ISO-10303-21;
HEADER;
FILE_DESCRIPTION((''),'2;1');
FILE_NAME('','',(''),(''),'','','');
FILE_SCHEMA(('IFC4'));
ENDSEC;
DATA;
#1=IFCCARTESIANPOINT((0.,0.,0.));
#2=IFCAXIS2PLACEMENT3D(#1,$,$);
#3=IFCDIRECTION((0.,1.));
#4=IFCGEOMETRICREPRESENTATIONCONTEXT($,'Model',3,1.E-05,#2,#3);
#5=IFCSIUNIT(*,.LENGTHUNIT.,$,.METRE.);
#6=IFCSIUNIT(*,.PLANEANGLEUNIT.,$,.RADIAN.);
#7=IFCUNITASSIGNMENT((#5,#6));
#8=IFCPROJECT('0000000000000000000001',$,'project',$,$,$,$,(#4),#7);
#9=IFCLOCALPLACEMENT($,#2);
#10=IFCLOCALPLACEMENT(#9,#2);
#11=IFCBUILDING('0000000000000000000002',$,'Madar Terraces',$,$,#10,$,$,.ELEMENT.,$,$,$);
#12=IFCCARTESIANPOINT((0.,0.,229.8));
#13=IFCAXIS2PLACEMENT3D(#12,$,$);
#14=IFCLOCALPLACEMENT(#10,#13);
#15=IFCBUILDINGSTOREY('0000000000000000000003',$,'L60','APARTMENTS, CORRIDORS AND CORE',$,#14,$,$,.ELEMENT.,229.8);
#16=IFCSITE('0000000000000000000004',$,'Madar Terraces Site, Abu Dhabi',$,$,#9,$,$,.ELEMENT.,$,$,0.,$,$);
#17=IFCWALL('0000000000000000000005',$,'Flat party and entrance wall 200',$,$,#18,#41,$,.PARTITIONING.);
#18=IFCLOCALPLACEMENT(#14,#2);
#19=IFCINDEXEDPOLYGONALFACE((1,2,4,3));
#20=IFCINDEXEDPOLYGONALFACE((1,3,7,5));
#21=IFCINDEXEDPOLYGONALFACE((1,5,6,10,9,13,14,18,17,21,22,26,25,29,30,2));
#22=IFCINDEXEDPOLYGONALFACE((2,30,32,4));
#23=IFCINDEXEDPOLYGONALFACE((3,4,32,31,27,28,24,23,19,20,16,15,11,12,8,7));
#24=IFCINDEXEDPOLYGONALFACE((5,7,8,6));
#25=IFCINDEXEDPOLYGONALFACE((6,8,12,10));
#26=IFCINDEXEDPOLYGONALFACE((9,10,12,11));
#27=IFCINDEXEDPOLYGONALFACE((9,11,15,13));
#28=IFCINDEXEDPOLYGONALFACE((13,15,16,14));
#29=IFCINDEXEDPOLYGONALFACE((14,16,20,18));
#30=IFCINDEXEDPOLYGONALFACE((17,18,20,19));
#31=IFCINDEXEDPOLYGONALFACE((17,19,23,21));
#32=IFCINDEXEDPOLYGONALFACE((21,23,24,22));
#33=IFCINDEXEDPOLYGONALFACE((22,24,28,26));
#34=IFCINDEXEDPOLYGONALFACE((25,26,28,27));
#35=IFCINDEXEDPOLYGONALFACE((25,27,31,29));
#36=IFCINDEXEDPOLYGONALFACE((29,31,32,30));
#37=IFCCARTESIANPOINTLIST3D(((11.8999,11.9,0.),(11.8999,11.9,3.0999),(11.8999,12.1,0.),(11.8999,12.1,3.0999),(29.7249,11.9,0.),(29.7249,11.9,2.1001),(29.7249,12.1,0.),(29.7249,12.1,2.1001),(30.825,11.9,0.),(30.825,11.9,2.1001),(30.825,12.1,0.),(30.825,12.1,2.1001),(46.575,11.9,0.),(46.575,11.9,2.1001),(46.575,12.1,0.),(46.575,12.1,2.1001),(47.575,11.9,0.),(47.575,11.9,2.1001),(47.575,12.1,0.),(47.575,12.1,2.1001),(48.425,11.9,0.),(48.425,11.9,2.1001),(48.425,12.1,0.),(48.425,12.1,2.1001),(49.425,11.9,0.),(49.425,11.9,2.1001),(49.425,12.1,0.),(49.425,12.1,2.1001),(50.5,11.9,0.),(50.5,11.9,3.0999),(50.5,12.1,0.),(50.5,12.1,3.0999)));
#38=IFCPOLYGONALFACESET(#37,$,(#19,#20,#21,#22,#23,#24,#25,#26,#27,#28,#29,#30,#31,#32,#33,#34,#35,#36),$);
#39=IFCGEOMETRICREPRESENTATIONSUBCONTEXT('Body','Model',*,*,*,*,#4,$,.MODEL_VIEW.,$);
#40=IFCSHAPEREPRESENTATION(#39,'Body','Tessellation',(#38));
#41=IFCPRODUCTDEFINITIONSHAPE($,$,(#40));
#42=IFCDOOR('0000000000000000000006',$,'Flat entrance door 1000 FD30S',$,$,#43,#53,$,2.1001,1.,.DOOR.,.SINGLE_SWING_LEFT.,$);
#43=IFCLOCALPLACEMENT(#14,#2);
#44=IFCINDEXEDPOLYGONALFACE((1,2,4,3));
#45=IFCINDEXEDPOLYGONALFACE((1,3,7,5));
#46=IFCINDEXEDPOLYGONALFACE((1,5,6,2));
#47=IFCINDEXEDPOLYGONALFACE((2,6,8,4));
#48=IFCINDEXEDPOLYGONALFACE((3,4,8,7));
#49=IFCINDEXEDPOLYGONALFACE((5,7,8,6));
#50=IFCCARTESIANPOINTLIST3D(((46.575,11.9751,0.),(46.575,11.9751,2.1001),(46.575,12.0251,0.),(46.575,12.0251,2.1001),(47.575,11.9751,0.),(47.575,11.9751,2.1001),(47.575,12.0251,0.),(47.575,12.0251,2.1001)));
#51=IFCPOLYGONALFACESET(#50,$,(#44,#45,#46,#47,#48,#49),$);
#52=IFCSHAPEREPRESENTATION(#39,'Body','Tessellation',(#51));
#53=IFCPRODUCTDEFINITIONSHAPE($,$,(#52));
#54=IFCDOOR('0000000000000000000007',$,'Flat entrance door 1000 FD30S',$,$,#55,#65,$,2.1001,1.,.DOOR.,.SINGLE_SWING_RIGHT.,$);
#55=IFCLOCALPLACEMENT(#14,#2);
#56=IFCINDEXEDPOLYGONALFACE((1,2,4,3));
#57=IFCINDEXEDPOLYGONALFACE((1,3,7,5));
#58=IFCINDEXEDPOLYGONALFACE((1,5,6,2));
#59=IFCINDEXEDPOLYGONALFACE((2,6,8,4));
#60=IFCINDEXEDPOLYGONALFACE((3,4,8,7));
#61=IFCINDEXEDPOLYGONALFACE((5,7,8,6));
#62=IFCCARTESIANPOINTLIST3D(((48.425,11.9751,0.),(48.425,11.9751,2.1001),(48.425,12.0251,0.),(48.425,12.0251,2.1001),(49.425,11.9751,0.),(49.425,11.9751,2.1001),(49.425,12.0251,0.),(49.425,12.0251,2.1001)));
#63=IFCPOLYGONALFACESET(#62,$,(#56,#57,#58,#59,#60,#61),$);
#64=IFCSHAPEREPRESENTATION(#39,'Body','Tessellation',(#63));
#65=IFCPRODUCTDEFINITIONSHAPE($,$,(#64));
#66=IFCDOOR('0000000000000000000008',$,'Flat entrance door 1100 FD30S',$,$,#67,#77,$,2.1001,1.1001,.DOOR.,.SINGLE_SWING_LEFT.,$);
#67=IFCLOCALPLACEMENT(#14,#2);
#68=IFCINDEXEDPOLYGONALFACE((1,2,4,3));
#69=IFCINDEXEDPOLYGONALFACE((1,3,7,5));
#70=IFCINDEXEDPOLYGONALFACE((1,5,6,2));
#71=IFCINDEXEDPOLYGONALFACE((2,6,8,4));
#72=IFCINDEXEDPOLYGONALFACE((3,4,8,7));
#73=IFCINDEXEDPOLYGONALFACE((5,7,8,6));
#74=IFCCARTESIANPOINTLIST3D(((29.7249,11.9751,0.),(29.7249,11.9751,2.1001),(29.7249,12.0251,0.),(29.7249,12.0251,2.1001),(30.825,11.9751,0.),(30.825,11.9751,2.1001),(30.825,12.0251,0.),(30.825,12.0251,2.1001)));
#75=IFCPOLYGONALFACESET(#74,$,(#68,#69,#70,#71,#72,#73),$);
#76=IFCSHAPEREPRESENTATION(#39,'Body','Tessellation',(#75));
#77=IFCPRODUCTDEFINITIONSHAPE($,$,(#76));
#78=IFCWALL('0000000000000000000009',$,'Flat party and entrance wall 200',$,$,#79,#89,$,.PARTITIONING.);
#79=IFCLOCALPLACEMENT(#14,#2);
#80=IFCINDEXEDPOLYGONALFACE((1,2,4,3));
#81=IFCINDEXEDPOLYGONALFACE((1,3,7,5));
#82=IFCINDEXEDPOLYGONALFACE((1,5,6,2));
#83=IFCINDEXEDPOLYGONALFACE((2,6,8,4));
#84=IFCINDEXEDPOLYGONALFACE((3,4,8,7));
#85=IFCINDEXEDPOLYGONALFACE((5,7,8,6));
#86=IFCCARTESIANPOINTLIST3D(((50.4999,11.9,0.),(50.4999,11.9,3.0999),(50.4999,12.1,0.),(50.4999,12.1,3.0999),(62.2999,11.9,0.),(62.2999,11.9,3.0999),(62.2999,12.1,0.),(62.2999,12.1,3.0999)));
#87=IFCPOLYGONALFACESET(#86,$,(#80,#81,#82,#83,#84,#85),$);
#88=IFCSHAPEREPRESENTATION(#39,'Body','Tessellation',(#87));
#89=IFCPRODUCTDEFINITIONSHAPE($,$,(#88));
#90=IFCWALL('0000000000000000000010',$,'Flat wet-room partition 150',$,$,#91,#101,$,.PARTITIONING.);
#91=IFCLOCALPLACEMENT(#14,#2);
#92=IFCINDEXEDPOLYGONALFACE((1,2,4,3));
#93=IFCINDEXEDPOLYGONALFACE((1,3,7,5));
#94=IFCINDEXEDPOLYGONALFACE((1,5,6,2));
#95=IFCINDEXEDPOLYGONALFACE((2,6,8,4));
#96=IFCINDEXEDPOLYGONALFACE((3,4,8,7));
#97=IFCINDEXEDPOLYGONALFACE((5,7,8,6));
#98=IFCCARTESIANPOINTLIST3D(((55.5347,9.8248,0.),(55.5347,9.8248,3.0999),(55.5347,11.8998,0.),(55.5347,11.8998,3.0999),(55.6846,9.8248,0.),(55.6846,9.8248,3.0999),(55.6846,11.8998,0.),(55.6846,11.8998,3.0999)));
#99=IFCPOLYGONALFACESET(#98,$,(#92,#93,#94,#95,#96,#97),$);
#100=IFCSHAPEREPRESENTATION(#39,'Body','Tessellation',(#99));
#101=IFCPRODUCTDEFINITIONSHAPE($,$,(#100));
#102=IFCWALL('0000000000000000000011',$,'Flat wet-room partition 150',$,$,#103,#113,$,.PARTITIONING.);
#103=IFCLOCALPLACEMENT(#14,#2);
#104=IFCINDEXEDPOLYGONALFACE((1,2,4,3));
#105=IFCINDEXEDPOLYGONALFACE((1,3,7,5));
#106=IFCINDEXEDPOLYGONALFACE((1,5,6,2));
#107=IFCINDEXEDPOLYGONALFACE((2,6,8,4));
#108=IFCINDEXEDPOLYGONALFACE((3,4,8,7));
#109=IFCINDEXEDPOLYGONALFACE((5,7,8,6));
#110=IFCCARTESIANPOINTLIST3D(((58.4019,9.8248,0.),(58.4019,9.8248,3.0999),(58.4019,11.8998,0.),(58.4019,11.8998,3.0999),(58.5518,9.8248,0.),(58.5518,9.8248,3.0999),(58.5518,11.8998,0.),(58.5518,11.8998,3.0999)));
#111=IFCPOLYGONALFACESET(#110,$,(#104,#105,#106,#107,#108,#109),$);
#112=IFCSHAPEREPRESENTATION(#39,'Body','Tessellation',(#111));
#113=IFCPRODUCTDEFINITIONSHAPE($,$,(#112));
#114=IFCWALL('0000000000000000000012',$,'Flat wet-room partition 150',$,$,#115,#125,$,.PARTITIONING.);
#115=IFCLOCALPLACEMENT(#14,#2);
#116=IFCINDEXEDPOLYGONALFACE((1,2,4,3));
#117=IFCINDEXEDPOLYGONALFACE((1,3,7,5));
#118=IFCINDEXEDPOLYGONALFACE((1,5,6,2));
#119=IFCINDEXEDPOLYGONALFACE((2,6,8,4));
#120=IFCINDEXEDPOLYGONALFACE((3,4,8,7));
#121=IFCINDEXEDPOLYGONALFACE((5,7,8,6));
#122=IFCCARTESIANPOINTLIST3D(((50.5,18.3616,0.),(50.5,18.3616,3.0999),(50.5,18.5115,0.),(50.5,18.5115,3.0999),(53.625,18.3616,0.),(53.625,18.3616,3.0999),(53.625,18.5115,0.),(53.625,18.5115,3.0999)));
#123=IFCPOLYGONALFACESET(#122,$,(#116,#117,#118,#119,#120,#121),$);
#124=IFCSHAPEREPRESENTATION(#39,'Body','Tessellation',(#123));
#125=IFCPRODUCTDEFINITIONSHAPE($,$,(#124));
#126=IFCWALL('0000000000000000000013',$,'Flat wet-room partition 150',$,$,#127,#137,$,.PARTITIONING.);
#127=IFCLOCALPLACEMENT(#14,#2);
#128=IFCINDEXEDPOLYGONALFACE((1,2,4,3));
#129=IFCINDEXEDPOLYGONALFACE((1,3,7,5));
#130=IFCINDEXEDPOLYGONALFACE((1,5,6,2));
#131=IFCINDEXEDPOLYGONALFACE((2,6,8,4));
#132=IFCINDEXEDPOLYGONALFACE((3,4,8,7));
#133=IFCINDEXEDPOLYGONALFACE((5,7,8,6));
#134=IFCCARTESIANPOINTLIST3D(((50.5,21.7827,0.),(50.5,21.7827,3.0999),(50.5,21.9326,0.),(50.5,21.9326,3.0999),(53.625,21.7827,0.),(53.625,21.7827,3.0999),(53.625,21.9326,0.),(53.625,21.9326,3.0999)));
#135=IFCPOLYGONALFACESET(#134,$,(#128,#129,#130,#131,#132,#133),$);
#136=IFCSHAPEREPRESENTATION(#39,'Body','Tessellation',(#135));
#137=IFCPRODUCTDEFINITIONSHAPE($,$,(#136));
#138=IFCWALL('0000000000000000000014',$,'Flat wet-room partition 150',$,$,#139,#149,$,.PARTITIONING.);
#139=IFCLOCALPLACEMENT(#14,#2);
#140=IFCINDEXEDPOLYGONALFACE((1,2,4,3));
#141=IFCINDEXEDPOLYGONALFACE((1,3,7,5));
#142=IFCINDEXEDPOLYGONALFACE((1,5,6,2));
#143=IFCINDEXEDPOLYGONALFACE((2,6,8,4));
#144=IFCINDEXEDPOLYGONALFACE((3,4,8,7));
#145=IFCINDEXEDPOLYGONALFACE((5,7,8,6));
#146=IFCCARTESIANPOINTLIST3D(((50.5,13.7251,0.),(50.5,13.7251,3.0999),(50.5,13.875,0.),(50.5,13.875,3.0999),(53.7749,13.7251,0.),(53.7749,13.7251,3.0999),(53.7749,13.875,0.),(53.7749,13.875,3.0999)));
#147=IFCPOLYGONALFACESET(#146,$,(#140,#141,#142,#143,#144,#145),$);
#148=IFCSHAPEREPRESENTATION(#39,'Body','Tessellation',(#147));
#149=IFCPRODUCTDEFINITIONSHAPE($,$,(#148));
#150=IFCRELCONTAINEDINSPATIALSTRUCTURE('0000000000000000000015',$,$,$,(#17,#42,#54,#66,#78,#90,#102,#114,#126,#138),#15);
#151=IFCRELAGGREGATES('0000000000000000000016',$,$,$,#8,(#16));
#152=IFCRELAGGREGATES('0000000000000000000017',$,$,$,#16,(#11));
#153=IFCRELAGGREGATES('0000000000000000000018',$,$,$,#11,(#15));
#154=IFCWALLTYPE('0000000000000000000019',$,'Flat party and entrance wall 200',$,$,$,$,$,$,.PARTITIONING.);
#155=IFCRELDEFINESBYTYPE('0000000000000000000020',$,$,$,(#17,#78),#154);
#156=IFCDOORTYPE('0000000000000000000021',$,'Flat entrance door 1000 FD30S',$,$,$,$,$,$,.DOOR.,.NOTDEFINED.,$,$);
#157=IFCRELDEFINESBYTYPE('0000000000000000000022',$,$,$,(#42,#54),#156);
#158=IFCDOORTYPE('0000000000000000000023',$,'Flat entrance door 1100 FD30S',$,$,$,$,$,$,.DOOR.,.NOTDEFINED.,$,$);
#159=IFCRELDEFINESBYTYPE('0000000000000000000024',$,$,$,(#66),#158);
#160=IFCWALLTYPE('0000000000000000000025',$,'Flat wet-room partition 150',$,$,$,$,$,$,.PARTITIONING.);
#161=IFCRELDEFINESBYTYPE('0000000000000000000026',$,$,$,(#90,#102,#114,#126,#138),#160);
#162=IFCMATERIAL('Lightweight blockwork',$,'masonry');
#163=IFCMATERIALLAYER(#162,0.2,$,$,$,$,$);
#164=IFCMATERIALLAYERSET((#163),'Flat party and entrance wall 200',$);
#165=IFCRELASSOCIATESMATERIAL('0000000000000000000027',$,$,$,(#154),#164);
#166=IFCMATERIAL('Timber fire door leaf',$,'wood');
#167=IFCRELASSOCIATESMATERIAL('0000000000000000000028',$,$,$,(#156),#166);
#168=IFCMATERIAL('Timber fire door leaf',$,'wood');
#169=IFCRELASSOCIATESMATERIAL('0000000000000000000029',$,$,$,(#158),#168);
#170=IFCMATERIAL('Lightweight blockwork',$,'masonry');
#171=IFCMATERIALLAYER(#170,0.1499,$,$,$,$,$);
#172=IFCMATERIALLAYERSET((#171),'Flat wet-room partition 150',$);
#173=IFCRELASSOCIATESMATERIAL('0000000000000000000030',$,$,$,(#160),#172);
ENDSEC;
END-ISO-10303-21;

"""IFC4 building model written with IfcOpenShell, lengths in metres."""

from ifc_helpers import new_model, si_unit, direction, frame, frame_2d, origin, place, context, subcontext, project, spatial, rectangle, extrude, material, layer, layer_set, type_object, element, fill, save


model = new_model("IFC4")

# Units and contexts
model_context = context("Model", 3, precision=1e-05, world=origin(), true_north=direction((0.0, 1.0)))
body_context = subcontext(model_context, "Body", "Model", "MODEL_VIEW")
ifc_project = project(units=[si_unit("LENGTHUNIT", "METRE"), si_unit("PLANEANGLEUNIT", "RADIAN")], contexts=[model_context])

# Site, building, storey
site_placement = place(None, origin())
site = spatial("IfcSite", under=ifc_project, at=site_placement, Name="Madar Terraces Site, Abu Dhabi", CompositionType="ELEMENT", RefElevation=0.0)
building_placement = place(site_placement, origin())
building = spatial("IfcBuilding", under=site, at=building_placement, Name="Madar Terraces", CompositionType="ELEMENT")
storey_placement = place(building_placement, frame((0.0, 0.0, 229.8)))
storey = spatial("IfcBuildingStorey", under=building, at=storey_placement, Name="L60", Description="APARTMENTS, CORRIDORS AND CORE", CompositionType="ELEMENT", Elevation=229.8)

# Wall, openings, doors
ifc_material_1 = material(Name="Lightweight blockwork", Category="masonry")
ifc_layer_1 = layer(ifc_material_1, 0.2)
ifc_layer_set_1 = layer_set([ifc_layer_1], Name="Flat party and entrance wall 200")
wall_type_1 = type_object("IfcWallType", Name="Flat party and entrance wall 200", PredefinedType="PARTITIONING", material=ifc_layer_set_1)
wall_1_placement = place(storey_placement, frame((50.5, 12.0, 0.0), z_axis=(0.0, 0.0, 1.0), x_axis=(-1.0, 0.0, 0.0)))
wall_1 = element("IfcWall", 1, at=wall_1_placement, inside=storey, type_object=wall_type_1, Name="Flat party and entrance wall 200", PredefinedType="PARTITIONING", context=body_context, shape_type="SweptSolid", body=[
    extrude(rectangle(XDim=38.6001, YDim=0.2, at=frame_2d((19.3, 0.0))), origin(), (0.0, 0.0, 1.0), 3.0999),
])
opening_1_placement = place(wall_1_placement, frame((19.675, 0.0, 0.0)))
opening_1 = element("IfcOpeningElement", 2, at=opening_1_placement, cuts=wall_1, PredefinedType="OPENING", context=body_context, shape_type="SweptSolid", body=[
    extrude(rectangle(XDim=1.1001, YDim=2.1001, at=frame_2d((0.55, 1.05))), frame((0.0, 0.1099, 0.0), z_axis=(0.0, -1.0, 0.0), x_axis=(1.0, 0.0, 0.0)), (0.0, 0.0, 1.0), 0.22),
])
opening_2_placement = place(wall_1_placement, frame((2.925, 0.0, 0.0)))
opening_2 = element("IfcOpeningElement", 3, at=opening_2_placement, cuts=wall_1, PredefinedType="OPENING", context=body_context, shape_type="SweptSolid", body=[
    extrude(rectangle(XDim=1.0, YDim=2.1001, at=frame_2d((0.5, 1.05))), frame((0.0, 0.1099, 0.0), z_axis=(0.0, -1.0, 0.0), x_axis=(1.0, 0.0, 0.0)), (0.0, 0.0, 1.0), 0.22),
])
opening_3_placement = place(wall_1_placement, frame((1.075, 0.0, 0.0)))
opening_3 = element("IfcOpeningElement", 4, at=opening_3_placement, cuts=wall_1, PredefinedType="OPENING", context=body_context, shape_type="SweptSolid", body=[
    extrude(rectangle(XDim=1.0, YDim=2.1001, at=frame_2d((0.5, 1.05))), frame((0.0, 0.1099, 0.0), z_axis=(0.0, -1.0, 0.0), x_axis=(1.0, 0.0, 0.0)), (0.0, 0.0, 1.0), 0.22),
])
ifc_material_2 = material(Name="Timber fire door leaf", Category="wood")
door_type_1 = type_object("IfcDoorType", Name="Flat entrance door 1000 FD30S", OperationType="NOTDEFINED", PredefinedType="DOOR", material=ifc_material_2)
door_1_placement = place(opening_2_placement, origin())
door_1 = element("IfcDoor", 5, at=door_1_placement, inside=storey, type_object=door_type_1, Name="Flat entrance door 1000 FD30S", OperationType="SINGLE_SWING_LEFT", OverallHeight=2.1001, OverallWidth=1.0, PredefinedType="DOOR", context=body_context, shape_type="SweptSolid", body=[
    extrude(rectangle(XDim=1.0, YDim=2.1001, at=frame_2d((0.5, 1.05))), frame((0.0, 0.0249, 0.0), z_axis=(0.0, -1.0, 0.0), x_axis=(1.0, 0.0, 0.0)), (0.0, 0.0, 1.0), 0.05),
])
fill(opening_2, door_1)
door_2_placement = place(opening_3_placement, origin())
door_2 = element("IfcDoor", 6, at=door_2_placement, inside=storey, type_object=door_type_1, Name="Flat entrance door 1000 FD30S", OperationType="SINGLE_SWING_RIGHT", OverallHeight=2.1001, OverallWidth=1.0, PredefinedType="DOOR", context=body_context, shape_type="SweptSolid", body=[
    extrude(rectangle(XDim=1.0, YDim=2.1001, at=frame_2d((0.5, 1.05))), frame((0.0, 0.0249, 0.0), z_axis=(0.0, -1.0, 0.0), x_axis=(1.0, 0.0, 0.0)), (0.0, 0.0, 1.0), 0.05),
])
fill(opening_3, door_2)
ifc_material_3 = material(Name="Timber fire door leaf", Category="wood")
door_type_2 = type_object("IfcDoorType", Name="Flat entrance door 1100 FD30S", OperationType="NOTDEFINED", PredefinedType="DOOR", material=ifc_material_3)
door_3_placement = place(opening_1_placement, origin())
door_3 = element("IfcDoor", 7, at=door_3_placement, inside=storey, type_object=door_type_2, Name="Flat entrance door 1100 FD30S", OperationType="SINGLE_SWING_LEFT", OverallHeight=2.1001, OverallWidth=1.1001, PredefinedType="DOOR", context=body_context, shape_type="SweptSolid", body=[
    extrude(rectangle(XDim=1.1001, YDim=2.1001, at=frame_2d((0.55, 1.05))), frame((0.0, 0.0249, 0.0), z_axis=(0.0, -1.0, 0.0), x_axis=(1.0, 0.0, 0.0)), (0.0, 0.0, 1.0), 0.05),
])
fill(opening_1, door_3)

# Walls
wall_2_placement = place(storey_placement, frame((50.5, 12.0, 0.0), z_axis=(0.0, 0.0, 1.0), x_axis=(1.0, 0.0, 0.0)))
element("IfcWall", 8, at=wall_2_placement, inside=storey, type_object=wall_type_1, Name="Flat party and entrance wall 200", PredefinedType="PARTITIONING", context=body_context, shape_type="SweptSolid", body=[
    extrude(rectangle(XDim=11.8, YDim=0.2, at=frame_2d((5.8999, 0.0))), origin(), (0.0, 0.0, 1.0), 3.0999),
])
ifc_material_4 = material(Name="Lightweight blockwork", Category="masonry")
ifc_layer_2 = layer(ifc_material_4, 0.1499)
ifc_layer_set_2 = layer_set([ifc_layer_2], Name="Flat wet-room partition 150")
wall_type_2 = type_object("IfcWallType", Name="Flat wet-room partition 150", PredefinedType="PARTITIONING", material=ifc_layer_set_2)
for number, where, z_axis, x_axis, name in (
    (9, (55.6096, 11.8999, 0.0), (0.0, 0.0, 1.0), (0.0, -1.0, 0.0), "Flat wet-room partition 150"),
    (10, (58.4768, 11.8999, 0.0), (0.0, 0.0, 1.0), (0.0, -1.0, 0.0), "Flat wet-room partition 150"),
):
    element("IfcWall", number, at=place(storey_placement, frame(where, z_axis=z_axis, x_axis=x_axis)), inside=storey, type_object=wall_type_2, Name=name, PredefinedType="PARTITIONING", context=body_context, shape_type="SweptSolid", body=[
        extrude(rectangle(XDim=2.075, YDim=0.1499, at=frame_2d((1.0376, 0.0))), origin(), (0.0, 0.0, 1.0), 3.0999),
    ])
for number, where, z_axis, x_axis, name in (
    (11, (50.5, 18.4365, 0.0), (0.0, 0.0, 1.0), (1.0, 0.0, 0.0), "Flat wet-room partition 150"),
    (12, (50.5, 21.8577, 0.0), (0.0, 0.0, 1.0), (1.0, 0.0, 0.0), "Flat wet-room partition 150"),
):
    element("IfcWall", number, at=place(storey_placement, frame(where, z_axis=z_axis, x_axis=x_axis)), inside=storey, type_object=wall_type_2, Name=name, PredefinedType="PARTITIONING", context=body_context, shape_type="SweptSolid", body=[
        extrude(rectangle(XDim=3.125, YDim=0.1499, at=frame_2d((1.5625, 0.0))), origin(), (0.0, 0.0, 1.0), 3.0999),
    ])
wall_3_placement = place(storey_placement, frame((50.5, 13.8, 0.0), z_axis=(0.0, 0.0, 1.0), x_axis=(1.0, 0.0, 0.0)))
element("IfcWall", 13, at=wall_3_placement, inside=storey, type_object=wall_type_2, Name="Flat wet-room partition 150", PredefinedType="PARTITIONING", context=body_context, shape_type="SweptSolid", body=[
    extrude(rectangle(XDim=3.2749, YDim=0.1499, at=frame_2d((1.6375, 0.0))), origin(), (0.0, 0.0, 1.0), 3.0999),
])

save(model, "model.ifc")
